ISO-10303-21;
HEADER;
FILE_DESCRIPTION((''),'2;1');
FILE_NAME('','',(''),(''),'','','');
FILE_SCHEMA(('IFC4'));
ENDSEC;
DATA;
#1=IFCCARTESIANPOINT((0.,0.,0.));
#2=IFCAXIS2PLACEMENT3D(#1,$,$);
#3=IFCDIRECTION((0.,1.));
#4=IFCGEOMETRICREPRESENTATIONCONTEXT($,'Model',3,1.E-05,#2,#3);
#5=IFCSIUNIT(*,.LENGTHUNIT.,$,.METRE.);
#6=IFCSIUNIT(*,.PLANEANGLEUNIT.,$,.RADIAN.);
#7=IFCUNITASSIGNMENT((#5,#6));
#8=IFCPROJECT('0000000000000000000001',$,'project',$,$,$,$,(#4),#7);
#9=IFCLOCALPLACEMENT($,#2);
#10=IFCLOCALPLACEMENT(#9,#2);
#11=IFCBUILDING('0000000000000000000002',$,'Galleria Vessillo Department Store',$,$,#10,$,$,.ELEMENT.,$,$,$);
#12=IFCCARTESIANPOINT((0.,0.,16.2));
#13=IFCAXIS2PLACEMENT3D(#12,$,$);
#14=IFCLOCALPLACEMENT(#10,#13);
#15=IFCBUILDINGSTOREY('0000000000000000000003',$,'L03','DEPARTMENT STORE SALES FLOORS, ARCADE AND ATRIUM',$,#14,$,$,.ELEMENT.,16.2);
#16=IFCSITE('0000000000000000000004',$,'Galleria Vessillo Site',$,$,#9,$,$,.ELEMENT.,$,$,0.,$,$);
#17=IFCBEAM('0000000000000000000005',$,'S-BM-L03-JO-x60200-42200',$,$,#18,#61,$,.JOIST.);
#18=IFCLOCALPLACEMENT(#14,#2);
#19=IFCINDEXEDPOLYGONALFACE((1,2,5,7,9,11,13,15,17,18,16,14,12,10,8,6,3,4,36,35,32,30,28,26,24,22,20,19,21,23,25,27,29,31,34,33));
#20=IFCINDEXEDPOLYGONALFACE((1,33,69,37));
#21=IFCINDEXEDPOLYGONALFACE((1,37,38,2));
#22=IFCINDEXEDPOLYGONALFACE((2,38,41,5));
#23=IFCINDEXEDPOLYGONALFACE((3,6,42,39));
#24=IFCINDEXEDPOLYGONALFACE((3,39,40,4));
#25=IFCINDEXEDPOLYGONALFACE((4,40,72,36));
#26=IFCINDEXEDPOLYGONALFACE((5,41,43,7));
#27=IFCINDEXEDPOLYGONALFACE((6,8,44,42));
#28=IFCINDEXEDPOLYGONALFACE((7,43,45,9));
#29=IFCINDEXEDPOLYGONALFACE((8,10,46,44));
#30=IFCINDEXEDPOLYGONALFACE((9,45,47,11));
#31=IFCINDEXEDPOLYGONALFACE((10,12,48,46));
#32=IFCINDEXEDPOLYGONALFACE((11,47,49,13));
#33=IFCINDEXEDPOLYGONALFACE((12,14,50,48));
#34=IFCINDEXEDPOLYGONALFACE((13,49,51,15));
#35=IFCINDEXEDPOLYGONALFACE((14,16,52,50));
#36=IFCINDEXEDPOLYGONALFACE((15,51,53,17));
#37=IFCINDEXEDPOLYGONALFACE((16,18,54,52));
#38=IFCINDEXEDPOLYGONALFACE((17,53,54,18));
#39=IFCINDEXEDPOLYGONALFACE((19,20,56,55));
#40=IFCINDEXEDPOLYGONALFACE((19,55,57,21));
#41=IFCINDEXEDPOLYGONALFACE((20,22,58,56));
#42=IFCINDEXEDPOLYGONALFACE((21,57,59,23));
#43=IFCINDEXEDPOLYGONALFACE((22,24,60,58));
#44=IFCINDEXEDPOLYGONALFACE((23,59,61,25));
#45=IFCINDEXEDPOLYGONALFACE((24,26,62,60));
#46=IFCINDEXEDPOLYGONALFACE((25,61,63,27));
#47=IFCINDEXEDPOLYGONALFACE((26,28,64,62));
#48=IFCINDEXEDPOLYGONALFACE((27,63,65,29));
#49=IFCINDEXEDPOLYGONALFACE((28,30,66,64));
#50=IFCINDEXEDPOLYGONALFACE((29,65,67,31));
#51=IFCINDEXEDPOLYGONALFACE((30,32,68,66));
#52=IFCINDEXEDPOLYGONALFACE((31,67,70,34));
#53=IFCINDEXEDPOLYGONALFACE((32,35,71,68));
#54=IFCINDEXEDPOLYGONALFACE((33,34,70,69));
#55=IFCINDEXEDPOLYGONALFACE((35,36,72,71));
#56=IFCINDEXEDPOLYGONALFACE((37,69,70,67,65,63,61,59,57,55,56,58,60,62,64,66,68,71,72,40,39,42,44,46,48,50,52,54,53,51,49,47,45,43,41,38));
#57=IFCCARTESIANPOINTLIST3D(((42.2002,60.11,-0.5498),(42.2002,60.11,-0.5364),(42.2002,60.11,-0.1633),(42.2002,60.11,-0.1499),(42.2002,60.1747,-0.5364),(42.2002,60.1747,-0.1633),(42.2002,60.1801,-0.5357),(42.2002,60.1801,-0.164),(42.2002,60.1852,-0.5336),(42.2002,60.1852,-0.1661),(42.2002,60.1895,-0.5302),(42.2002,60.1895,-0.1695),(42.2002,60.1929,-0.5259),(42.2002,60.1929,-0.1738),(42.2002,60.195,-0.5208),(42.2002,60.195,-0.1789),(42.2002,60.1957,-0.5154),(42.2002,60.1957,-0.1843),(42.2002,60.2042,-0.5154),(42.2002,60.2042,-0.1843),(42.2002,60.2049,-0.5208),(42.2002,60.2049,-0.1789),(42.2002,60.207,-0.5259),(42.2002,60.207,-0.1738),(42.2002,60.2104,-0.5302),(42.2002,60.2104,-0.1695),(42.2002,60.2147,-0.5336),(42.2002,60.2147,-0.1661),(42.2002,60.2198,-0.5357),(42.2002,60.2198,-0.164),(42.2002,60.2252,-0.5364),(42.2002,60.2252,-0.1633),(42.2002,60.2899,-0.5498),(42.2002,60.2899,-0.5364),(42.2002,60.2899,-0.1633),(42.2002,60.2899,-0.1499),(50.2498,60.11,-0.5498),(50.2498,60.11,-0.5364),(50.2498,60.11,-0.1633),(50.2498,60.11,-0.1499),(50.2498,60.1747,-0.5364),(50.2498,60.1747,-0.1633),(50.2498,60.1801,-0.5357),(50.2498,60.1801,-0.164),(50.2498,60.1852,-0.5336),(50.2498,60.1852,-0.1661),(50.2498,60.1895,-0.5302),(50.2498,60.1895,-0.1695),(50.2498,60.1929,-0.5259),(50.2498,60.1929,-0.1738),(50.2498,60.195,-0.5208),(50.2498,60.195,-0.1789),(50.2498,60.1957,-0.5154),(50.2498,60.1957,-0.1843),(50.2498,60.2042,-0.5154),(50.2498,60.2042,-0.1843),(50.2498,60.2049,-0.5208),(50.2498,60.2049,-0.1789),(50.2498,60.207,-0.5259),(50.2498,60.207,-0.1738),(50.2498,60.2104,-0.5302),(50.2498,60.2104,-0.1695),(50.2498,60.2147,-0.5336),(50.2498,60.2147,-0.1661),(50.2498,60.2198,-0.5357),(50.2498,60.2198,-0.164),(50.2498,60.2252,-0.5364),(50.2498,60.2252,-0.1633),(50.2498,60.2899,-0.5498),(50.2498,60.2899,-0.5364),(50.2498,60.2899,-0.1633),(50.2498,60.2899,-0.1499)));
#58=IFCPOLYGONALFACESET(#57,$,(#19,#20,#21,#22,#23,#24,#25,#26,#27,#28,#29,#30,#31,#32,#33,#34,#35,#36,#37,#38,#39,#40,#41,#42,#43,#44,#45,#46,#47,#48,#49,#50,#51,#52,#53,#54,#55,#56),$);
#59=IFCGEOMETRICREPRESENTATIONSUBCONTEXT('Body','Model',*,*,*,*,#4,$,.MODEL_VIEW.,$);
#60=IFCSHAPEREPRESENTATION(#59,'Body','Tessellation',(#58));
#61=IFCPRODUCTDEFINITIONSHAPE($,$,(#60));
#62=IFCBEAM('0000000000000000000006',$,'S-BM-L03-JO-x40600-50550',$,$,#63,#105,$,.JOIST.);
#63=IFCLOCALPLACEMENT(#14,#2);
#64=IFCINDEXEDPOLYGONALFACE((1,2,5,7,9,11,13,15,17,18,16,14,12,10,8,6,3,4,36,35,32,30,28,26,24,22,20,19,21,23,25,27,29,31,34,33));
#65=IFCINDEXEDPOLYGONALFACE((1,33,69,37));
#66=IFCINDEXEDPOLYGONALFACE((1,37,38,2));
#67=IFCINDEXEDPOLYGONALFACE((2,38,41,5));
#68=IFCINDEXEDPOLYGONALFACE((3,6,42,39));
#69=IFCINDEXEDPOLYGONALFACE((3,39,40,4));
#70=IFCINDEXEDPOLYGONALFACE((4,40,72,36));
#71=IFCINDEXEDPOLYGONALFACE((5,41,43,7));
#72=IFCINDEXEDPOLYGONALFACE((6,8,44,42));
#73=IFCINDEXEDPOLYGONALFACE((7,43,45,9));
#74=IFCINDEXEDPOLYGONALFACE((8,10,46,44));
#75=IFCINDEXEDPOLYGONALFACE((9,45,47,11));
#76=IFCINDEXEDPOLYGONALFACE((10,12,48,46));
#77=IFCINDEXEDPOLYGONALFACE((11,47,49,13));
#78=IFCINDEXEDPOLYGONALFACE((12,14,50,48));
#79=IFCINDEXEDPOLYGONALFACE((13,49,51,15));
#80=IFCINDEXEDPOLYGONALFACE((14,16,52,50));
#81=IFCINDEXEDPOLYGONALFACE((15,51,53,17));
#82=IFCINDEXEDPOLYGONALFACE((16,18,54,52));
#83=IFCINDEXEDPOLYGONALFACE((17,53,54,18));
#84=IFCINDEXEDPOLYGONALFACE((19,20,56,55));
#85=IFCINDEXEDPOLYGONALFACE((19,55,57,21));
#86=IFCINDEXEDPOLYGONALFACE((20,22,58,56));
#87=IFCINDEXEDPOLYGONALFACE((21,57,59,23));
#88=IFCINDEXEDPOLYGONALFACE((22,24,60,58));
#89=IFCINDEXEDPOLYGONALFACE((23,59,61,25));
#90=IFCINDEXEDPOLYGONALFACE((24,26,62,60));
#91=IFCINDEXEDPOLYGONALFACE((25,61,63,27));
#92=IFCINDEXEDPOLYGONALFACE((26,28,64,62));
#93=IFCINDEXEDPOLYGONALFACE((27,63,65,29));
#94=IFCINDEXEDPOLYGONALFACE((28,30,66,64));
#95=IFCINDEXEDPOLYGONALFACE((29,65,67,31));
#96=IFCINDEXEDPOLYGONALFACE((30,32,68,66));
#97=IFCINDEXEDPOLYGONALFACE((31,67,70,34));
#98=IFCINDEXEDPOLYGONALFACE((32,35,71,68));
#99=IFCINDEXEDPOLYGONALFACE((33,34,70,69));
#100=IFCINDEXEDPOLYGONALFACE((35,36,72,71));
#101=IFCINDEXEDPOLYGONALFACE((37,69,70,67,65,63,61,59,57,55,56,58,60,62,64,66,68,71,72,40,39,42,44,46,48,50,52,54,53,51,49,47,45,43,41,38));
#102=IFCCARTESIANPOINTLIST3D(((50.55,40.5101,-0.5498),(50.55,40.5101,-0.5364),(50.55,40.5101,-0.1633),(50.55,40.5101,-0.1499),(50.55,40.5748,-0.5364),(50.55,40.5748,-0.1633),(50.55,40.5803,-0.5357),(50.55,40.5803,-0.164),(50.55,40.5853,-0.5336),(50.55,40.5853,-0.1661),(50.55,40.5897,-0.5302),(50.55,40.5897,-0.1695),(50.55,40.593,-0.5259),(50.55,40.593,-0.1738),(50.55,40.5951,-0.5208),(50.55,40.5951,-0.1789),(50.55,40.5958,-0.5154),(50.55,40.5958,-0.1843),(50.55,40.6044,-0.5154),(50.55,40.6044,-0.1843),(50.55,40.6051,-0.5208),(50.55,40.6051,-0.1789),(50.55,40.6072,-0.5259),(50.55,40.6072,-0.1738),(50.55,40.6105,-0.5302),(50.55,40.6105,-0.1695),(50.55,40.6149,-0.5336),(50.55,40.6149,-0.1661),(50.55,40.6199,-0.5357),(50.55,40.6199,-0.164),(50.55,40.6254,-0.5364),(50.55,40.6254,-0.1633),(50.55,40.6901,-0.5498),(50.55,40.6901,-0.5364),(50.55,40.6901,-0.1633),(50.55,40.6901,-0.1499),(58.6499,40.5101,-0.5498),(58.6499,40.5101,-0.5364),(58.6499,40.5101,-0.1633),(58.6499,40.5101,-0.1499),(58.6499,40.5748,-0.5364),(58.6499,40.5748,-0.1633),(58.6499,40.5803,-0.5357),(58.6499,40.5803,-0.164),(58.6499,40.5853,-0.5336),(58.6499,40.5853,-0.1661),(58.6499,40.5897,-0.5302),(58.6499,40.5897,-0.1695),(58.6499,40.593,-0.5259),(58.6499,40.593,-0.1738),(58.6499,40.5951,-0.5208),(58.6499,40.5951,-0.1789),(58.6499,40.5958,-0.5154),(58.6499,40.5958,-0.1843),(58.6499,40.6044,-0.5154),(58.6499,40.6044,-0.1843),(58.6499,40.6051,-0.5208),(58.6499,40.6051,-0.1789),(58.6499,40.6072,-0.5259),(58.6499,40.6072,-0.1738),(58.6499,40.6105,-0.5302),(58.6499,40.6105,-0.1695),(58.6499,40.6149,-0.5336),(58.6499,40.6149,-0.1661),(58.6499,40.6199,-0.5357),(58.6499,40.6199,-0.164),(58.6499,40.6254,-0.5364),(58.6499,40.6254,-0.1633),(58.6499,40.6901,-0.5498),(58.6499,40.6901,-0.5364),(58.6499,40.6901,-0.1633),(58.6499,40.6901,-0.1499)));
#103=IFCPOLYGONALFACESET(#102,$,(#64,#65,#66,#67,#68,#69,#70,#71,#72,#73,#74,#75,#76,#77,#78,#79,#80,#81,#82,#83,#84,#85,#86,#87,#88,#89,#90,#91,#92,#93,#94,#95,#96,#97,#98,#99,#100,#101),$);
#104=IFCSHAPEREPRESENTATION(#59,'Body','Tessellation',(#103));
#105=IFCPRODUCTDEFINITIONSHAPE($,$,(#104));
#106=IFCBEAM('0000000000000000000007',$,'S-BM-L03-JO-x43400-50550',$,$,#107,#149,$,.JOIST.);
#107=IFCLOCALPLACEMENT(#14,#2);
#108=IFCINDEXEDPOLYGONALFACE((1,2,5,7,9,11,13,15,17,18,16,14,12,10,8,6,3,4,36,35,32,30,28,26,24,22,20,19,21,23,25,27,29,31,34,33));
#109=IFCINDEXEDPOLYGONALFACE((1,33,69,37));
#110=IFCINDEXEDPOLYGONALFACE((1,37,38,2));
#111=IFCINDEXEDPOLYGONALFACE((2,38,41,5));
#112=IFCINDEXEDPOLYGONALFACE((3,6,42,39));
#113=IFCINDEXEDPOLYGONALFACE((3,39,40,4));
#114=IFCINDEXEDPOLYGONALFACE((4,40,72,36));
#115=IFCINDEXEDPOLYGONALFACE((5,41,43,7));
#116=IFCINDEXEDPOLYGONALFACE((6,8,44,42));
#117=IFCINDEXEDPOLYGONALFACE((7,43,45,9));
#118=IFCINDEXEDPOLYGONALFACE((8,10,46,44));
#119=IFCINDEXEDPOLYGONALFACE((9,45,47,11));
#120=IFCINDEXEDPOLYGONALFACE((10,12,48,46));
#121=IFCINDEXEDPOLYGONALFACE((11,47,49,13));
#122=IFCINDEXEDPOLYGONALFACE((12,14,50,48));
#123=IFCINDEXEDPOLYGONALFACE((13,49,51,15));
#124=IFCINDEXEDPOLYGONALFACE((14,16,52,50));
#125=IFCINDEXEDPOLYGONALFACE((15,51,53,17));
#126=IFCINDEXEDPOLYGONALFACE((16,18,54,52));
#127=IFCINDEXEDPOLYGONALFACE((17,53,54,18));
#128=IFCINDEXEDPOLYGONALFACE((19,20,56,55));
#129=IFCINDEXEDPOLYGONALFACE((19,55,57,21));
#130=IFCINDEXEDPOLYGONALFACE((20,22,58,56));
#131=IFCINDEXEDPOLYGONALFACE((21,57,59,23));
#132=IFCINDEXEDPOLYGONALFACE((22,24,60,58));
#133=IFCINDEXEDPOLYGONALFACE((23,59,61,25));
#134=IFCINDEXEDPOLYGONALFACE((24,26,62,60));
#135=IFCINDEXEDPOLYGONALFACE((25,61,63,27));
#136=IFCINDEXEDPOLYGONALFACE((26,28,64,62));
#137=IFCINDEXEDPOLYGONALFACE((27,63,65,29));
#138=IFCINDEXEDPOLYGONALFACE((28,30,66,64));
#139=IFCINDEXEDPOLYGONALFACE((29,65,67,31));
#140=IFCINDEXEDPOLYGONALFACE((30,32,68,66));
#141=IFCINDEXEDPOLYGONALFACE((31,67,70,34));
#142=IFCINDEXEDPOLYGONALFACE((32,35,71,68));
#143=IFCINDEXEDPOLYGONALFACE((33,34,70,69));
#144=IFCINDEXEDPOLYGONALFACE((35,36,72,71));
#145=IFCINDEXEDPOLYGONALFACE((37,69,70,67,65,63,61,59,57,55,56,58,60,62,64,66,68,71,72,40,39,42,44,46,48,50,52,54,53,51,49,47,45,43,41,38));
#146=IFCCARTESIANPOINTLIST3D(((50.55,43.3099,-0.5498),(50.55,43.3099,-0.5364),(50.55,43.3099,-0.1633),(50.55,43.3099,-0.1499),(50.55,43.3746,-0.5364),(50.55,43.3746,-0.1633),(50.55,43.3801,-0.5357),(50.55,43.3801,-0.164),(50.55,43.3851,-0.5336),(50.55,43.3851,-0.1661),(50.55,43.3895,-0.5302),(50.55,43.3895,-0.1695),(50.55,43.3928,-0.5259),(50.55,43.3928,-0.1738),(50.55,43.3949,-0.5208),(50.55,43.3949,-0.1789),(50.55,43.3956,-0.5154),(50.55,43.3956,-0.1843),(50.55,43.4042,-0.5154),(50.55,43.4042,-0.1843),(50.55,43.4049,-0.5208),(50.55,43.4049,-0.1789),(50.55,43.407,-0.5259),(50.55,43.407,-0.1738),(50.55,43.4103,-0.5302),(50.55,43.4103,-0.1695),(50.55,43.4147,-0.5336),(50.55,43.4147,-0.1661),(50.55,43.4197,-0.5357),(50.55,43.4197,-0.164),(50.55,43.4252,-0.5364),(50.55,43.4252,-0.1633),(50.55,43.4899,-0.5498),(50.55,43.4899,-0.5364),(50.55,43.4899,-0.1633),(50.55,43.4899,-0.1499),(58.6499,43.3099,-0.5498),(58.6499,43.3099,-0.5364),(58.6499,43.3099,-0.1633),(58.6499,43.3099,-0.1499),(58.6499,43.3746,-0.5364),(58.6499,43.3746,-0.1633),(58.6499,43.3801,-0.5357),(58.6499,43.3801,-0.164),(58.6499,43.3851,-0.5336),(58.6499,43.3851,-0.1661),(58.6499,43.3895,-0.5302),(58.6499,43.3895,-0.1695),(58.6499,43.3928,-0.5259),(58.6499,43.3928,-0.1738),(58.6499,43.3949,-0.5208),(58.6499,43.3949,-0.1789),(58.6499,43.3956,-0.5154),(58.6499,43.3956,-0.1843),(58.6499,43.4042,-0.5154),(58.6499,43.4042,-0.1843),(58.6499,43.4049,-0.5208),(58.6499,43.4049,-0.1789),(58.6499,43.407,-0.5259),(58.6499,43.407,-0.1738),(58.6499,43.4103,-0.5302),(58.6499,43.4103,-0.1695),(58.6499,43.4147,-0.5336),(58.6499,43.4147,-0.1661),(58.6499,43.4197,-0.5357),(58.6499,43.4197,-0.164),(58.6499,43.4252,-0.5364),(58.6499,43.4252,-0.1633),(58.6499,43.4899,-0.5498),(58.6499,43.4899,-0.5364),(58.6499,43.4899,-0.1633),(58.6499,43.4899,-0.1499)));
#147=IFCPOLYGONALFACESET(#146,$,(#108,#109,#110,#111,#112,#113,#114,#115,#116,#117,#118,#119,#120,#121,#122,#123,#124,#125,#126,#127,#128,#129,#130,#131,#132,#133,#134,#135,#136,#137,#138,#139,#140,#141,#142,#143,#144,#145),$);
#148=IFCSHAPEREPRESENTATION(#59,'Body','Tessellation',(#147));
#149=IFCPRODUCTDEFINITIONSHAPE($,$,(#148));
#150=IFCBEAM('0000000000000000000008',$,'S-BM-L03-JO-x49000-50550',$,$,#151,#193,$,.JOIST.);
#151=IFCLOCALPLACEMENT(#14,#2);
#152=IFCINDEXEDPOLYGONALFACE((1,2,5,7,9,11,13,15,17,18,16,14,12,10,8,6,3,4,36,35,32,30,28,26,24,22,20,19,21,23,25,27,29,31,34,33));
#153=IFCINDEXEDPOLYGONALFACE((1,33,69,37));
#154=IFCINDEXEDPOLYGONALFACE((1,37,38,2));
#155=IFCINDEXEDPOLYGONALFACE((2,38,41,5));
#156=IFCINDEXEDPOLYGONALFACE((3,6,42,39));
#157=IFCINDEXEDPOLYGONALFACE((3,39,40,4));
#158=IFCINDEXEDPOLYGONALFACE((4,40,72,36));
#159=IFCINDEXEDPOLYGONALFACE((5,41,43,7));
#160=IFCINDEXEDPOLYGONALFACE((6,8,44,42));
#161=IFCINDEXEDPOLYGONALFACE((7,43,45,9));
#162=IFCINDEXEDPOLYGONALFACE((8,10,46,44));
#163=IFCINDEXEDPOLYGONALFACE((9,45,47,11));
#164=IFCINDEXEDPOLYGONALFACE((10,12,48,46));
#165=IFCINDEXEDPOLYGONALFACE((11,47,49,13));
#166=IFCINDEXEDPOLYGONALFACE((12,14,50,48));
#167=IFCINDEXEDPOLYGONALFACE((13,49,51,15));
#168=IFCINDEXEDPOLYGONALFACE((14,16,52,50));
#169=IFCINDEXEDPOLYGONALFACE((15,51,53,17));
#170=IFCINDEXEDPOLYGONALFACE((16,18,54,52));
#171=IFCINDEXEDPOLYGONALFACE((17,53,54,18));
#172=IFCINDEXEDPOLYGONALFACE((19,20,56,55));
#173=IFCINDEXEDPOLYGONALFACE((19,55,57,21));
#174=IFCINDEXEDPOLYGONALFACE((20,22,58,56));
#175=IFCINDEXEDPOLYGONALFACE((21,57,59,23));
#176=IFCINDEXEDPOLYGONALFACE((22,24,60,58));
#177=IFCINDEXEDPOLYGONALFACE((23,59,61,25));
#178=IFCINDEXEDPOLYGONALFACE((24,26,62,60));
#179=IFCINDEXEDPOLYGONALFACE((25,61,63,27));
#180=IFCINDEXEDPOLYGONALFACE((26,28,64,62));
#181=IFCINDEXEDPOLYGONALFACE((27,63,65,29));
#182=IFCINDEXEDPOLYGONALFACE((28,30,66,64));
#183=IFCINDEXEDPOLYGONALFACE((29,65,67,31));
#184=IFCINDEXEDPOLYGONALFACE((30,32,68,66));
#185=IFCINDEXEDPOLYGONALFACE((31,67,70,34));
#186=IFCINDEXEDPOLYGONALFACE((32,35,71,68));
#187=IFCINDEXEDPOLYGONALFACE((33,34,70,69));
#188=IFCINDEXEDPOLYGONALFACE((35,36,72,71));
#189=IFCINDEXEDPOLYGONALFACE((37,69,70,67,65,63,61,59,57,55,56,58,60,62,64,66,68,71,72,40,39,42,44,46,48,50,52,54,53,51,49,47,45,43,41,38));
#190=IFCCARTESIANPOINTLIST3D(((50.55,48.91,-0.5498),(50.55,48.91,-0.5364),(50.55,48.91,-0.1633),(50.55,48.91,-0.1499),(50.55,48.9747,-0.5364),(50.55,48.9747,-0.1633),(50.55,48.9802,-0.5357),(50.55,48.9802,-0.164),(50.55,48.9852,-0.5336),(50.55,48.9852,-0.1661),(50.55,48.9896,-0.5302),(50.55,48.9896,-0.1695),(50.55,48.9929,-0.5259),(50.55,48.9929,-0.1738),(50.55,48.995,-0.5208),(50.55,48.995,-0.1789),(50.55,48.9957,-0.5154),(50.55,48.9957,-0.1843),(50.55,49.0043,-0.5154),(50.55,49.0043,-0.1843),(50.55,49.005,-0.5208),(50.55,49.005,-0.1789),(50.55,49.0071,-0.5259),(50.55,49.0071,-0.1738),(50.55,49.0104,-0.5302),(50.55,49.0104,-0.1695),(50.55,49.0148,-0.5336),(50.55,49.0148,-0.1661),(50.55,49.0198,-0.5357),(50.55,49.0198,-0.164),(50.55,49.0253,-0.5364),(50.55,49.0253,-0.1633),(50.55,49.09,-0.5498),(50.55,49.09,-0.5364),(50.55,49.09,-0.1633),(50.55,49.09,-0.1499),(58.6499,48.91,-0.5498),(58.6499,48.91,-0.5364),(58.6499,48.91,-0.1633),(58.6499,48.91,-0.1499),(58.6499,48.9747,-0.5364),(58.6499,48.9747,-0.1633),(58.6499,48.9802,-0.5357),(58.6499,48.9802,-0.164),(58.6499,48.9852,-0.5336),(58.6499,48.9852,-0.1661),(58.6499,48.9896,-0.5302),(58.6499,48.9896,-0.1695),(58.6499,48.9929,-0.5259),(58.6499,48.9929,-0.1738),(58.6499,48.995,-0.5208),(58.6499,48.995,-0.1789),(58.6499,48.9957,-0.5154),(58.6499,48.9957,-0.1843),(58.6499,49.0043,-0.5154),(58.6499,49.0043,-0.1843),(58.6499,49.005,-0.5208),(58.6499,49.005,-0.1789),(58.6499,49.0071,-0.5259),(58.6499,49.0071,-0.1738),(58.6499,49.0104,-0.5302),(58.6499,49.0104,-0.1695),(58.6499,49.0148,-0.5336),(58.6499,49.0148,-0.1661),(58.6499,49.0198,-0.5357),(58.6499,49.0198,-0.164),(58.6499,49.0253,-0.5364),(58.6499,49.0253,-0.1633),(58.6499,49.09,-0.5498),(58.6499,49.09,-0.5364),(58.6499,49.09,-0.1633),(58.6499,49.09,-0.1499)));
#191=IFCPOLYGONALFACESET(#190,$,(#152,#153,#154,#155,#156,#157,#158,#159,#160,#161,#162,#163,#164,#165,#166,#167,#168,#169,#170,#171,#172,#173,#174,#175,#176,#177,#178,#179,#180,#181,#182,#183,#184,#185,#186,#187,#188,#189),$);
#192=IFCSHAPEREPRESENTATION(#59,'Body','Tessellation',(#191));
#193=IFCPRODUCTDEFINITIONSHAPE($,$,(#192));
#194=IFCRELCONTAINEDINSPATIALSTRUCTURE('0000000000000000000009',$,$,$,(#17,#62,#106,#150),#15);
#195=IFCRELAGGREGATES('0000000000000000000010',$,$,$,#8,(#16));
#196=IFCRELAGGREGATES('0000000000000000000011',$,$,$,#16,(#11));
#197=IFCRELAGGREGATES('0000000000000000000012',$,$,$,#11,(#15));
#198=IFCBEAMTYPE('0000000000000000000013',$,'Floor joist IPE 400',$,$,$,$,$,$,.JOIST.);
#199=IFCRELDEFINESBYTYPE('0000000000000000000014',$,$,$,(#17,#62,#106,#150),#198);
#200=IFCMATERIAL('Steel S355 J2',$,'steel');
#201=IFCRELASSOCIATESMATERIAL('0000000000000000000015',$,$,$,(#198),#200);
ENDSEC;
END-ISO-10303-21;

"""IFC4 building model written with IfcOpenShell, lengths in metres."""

from ifc_helpers import new_model, si_unit, direction, frame, origin, origin_2d, place, context, subcontext, project, spatial, i_section, extrude, material, material_profile, profile_set, type_object, element, save


model = new_model("IFC4")

# Units and contexts
model_context = context("Model", 3, precision=1e-05, world=origin(), true_north=direction((0.0, 1.0)))
body_context = subcontext(model_context, "Body", "Model", "MODEL_VIEW")
ifc_project = project(units=[si_unit("LENGTHUNIT", "METRE"), si_unit("PLANEANGLEUNIT", "RADIAN")], contexts=[model_context])

# Site, building, storey
site_placement = place(None, origin())
site = spatial("IfcSite", under=ifc_project, at=site_placement, Name="Galleria Vessillo Site", CompositionType="ELEMENT", RefElevation=0.0)
building_placement = place(site_placement, origin())
building = spatial("IfcBuilding", under=site, at=building_placement, Name="Galleria Vessillo Department Store", CompositionType="ELEMENT")
storey_placement = place(building_placement, frame((0.0, 0.0, 16.2)))
storey = spatial("IfcBuildingStorey", under=building, at=storey_placement, Name="L03", Description="DEPARTMENT STORE SALES FLOORS, ARCADE AND ATRIUM", CompositionType="ELEMENT", Elevation=16.2)

# Beams
ifc_material_1 = material(Name="Steel S355 J2", Category="steel")
ifc_material_profile_1 = material_profile(ifc_material_1, i_section(OverallWidth=0.1799, OverallDepth=0.3999, WebThickness=0.0085, FlangeThickness=0.0134, FilletRadius=0.021, at=origin_2d()), Name="IPE 400")
ifc_profile_set_1 = profile_set([ifc_material_profile_1], Name="Steel S355 J2")
beam_type_1 = type_object("IfcBeamType", Name="Floor joist IPE 400", PredefinedType="JOIST", material=ifc_profile_set_1)
for number, where, z_axis, x_axis, name in (
    (1, (42.2002, 60.2, -0.3499), (1.0, 0.0, 0.0), (0.0, 1.0, 0.0), "S-BM-L03-JO-x60200-42200"),
):
    element("IfcBeam", number, at=place(storey_placement, frame(where, z_axis=z_axis, x_axis=x_axis)), inside=storey, type_object=beam_type_1, Name=name, PredefinedType="JOIST", context=body_context, shape_type="SweptSolid", body=[
        extrude(i_section(OverallWidth=0.1799, OverallDepth=0.3999, WebThickness=0.0085, FlangeThickness=0.0134, FilletRadius=0.021, at=origin_2d()), origin(), (0.0, 0.0, 1.0), 8.0496),
    ])
for number, where, z_axis, x_axis, name in (
    (2, (50.55, 40.6001, -0.3499), (1.0, 0.0, 0.0), (0.0, 1.0, 0.0), "S-BM-L03-JO-x40600-50550"),
    (3, (50.55, 43.3999, -0.3499), (1.0, 0.0, 0.0), (0.0, 1.0, 0.0), "S-BM-L03-JO-x43400-50550"),
    (4, (50.55, 49.0, -0.3499), (1.0, 0.0, 0.0), (0.0, 1.0, 0.0), "S-BM-L03-JO-x49000-50550"),
):
    element("IfcBeam", number, at=place(storey_placement, frame(where, z_axis=z_axis, x_axis=x_axis)), inside=storey, type_object=beam_type_1, Name=name, PredefinedType="JOIST", context=body_context, shape_type="SweptSolid", body=[
        extrude(i_section(OverallWidth=0.1799, OverallDepth=0.3999, WebThickness=0.0085, FlangeThickness=0.0134, FilletRadius=0.021, at=origin_2d()), origin(), (0.0, 0.0, 1.0), 8.0999),
    ])

save(model, "model.ifc")
